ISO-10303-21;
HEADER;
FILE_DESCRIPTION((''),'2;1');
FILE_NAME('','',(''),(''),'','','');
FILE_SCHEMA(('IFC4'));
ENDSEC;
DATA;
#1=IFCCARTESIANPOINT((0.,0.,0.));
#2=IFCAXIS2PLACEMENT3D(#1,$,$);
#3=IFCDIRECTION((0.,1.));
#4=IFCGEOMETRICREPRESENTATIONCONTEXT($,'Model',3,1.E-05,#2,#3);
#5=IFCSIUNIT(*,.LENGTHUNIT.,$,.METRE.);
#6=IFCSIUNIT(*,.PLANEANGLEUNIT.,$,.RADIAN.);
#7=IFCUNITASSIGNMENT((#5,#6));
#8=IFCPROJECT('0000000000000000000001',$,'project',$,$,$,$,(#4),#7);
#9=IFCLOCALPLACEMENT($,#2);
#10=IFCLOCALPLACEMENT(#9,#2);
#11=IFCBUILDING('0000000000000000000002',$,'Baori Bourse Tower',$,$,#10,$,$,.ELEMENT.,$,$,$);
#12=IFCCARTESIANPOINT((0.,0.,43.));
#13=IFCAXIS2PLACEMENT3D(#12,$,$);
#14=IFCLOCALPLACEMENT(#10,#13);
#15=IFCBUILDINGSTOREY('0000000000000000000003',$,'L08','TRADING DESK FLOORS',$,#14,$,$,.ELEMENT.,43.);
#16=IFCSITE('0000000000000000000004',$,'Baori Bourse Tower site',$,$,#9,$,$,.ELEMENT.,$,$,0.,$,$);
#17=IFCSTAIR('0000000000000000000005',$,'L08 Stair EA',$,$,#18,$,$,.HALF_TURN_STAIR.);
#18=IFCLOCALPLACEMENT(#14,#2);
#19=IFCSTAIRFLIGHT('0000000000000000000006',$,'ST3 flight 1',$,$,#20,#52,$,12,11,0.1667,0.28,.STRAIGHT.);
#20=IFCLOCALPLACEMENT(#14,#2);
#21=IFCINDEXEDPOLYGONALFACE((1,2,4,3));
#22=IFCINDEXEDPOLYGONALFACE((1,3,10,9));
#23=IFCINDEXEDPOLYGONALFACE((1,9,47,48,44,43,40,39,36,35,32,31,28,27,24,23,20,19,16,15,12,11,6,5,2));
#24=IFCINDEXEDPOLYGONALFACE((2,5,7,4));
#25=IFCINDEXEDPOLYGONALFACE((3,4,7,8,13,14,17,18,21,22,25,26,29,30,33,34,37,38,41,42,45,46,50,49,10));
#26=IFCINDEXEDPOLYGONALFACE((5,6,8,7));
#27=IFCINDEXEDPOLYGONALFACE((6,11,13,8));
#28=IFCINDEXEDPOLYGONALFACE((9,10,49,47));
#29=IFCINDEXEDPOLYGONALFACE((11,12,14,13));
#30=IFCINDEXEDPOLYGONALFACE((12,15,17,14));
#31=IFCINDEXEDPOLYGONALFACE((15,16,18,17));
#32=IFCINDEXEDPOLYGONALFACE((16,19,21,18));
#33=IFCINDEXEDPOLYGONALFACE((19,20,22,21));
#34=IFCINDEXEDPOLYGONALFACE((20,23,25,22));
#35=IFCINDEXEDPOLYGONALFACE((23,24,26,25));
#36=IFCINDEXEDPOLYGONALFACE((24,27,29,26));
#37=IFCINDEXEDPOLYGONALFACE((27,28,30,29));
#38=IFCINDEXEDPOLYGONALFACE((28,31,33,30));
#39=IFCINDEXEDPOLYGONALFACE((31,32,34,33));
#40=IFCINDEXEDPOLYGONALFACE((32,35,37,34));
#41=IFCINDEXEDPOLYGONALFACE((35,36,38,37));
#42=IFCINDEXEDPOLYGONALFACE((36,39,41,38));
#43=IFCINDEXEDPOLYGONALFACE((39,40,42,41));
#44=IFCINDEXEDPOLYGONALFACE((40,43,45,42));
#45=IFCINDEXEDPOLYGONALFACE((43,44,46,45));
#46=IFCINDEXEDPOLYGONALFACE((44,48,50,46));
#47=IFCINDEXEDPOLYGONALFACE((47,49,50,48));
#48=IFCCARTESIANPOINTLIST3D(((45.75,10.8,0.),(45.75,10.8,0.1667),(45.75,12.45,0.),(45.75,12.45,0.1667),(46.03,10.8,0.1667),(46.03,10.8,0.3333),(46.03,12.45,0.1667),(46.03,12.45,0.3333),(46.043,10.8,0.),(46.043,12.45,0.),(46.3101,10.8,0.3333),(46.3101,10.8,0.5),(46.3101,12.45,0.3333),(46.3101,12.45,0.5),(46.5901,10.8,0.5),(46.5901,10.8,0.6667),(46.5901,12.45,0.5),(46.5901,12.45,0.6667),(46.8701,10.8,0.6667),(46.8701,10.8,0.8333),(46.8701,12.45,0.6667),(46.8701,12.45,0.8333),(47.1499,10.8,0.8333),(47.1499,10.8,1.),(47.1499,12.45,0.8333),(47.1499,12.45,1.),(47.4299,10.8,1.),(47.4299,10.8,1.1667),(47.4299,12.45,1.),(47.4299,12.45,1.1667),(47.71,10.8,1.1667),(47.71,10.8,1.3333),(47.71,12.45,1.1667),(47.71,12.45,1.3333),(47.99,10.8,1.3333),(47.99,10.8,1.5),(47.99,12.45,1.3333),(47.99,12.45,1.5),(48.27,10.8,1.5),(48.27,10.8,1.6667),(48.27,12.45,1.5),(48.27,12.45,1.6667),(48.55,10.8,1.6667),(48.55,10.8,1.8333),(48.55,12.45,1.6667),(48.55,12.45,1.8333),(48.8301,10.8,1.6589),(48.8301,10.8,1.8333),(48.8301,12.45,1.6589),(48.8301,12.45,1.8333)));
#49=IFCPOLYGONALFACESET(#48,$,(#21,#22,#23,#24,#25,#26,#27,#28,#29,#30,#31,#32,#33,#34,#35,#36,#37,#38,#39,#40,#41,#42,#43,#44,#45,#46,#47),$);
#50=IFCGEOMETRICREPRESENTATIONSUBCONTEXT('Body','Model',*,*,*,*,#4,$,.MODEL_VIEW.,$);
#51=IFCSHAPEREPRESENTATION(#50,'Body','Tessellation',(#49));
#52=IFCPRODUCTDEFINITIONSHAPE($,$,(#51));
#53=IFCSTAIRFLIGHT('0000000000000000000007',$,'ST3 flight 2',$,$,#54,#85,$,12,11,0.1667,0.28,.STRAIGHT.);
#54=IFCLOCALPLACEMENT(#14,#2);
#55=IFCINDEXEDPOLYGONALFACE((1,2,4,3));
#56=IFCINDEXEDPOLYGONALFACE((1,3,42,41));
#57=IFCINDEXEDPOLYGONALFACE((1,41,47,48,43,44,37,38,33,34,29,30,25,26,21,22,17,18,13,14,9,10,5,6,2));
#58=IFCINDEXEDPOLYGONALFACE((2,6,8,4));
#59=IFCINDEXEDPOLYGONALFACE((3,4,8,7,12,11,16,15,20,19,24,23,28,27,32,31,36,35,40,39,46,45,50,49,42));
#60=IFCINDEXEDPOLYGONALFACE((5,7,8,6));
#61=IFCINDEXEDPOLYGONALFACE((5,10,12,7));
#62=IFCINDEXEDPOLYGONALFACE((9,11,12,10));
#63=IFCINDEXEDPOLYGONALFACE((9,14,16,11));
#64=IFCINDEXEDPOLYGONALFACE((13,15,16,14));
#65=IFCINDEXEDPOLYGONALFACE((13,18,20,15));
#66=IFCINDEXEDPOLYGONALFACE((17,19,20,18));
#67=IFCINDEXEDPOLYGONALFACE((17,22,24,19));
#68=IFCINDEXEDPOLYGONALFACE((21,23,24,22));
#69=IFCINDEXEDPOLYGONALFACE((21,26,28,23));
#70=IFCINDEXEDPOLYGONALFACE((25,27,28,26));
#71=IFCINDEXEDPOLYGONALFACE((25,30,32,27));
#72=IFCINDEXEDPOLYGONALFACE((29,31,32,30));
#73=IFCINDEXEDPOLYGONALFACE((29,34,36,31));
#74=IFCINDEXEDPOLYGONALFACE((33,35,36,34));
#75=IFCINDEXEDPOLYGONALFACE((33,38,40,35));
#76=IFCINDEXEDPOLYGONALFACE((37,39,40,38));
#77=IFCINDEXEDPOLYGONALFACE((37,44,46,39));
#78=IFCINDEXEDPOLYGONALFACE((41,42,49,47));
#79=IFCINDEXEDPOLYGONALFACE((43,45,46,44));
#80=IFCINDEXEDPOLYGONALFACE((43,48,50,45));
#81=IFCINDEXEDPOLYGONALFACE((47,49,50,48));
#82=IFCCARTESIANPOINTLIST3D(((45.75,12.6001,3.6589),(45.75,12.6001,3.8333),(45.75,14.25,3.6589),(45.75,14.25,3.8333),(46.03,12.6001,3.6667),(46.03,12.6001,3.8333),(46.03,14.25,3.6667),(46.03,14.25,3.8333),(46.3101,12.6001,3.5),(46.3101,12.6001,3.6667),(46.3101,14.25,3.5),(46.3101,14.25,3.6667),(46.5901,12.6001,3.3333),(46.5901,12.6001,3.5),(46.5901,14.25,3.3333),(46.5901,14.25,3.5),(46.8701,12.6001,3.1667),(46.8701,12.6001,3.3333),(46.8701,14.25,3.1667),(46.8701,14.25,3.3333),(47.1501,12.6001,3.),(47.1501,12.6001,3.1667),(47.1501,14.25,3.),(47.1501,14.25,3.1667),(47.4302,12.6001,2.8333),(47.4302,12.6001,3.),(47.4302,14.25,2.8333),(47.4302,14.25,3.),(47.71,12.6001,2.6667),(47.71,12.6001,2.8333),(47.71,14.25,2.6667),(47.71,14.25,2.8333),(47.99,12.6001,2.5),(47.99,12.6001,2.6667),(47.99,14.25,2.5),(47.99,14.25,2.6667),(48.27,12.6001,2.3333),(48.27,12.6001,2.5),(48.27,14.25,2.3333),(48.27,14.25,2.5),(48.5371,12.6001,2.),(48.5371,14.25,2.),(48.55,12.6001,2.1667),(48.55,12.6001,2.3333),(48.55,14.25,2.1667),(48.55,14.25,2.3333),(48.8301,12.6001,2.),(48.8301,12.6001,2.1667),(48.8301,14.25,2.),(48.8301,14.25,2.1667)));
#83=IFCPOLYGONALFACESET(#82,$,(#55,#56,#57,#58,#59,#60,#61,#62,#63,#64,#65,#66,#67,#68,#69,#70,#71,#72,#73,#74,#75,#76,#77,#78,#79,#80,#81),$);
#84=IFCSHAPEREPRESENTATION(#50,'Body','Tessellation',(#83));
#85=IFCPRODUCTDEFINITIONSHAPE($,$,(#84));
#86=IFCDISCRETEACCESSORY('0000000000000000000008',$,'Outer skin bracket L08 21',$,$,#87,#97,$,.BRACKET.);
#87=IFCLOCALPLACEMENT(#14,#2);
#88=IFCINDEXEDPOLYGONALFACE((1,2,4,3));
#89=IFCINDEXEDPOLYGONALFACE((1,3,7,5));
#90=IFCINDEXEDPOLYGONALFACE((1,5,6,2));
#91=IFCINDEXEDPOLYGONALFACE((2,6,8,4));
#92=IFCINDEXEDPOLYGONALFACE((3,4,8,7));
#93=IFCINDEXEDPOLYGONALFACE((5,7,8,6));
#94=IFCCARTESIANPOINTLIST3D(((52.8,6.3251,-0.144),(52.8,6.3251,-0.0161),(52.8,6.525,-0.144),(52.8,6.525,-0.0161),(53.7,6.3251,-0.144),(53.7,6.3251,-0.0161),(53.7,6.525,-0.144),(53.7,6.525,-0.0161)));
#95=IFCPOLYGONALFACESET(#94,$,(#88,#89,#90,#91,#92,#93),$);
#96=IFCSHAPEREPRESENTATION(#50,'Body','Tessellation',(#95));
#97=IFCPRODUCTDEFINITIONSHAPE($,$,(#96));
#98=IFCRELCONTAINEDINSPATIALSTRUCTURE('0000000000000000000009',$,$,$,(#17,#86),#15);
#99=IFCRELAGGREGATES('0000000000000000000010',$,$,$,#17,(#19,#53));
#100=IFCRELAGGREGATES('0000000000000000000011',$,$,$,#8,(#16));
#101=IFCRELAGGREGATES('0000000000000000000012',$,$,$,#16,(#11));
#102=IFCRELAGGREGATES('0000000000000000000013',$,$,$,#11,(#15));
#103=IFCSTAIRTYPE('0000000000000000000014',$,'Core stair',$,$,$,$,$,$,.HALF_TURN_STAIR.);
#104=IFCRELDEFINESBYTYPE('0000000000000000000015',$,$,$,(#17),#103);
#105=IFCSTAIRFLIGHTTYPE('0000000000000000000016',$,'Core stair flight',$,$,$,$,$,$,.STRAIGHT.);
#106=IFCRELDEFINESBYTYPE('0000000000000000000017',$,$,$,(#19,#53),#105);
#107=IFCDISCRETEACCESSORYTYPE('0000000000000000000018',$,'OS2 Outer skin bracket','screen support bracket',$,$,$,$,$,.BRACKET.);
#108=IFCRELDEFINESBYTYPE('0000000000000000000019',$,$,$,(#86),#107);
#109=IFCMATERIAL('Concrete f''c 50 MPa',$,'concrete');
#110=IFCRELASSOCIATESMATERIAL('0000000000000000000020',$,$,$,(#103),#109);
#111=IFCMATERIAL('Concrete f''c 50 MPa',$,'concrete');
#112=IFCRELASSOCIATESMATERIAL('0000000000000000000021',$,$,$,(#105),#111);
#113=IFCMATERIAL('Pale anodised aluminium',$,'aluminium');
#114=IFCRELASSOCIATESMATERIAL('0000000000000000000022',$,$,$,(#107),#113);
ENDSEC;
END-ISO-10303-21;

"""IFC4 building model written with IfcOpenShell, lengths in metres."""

from ifc_helpers import new_model, si_unit, direction, frame, origin, origin_2d, place, context, subcontext, project, spatial, polyline, rectangle, outline, extrude, material, type_object, element, aggregate, save


model = new_model("IFC4")

# Units and contexts
model_context = context("Model", 3, precision=1e-05, world=origin(), true_north=direction((0.0, 1.0)))
body_context = subcontext(model_context, "Body", "Model", "MODEL_VIEW")
ifc_project = project(units=[si_unit("LENGTHUNIT", "METRE"), si_unit("PLANEANGLEUNIT", "RADIAN")], contexts=[model_context])

# Site, building, storey
site_placement = place(None, origin())
site = spatial("IfcSite", under=ifc_project, at=site_placement, Name="Baori Bourse Tower site", CompositionType="ELEMENT", RefElevation=0.0)
building_placement = place(site_placement, origin())
building = spatial("IfcBuilding", under=site, at=building_placement, Name="Baori Bourse Tower", CompositionType="ELEMENT")
storey_placement = place(building_placement, frame((0.0, 0.0, 43.0)))
storey = spatial("IfcBuildingStorey", under=building, at=storey_placement, Name="L08", Description="TRADING DESK FLOORS", CompositionType="ELEMENT", Elevation=43.0)

# Stair, stair flights
ifc_material_1 = material(Name="Concrete f'c 50 MPa", Category="concrete")
stair_type = type_object("IfcStairType", Name="Core stair", PredefinedType="HALF_TURN_STAIR", material=ifc_material_1)
stair_placement = place(storey_placement, origin())
stair = element("IfcStair", 1, at=stair_placement, inside=storey, type_object=stair_type, Name="L08 Stair EA", PredefinedType="HALF_TURN_STAIR")
ifc_material_2 = material(Name="Concrete f'c 50 MPa", Category="concrete")
stair_flight_type = type_object("IfcStairFlightType", Name="Core stair flight", PredefinedType="STRAIGHT", material=ifc_material_2)
stair_flight_1_placement = place(storey_placement, frame((45.75, 11.625, 0.0), z_axis=(0.0, 0.0, 1.0), x_axis=(1.0, 0.0, 0.0)))
stair_flight_1 = element("IfcStairFlight", 2, at=stair_flight_1_placement, type_object=stair_flight_type, Name="ST3 flight 1", NumberOfRisers=12, NumberOfTreads=11, PredefinedType="STRAIGHT", RiserHeight=0.1667, TreadLength=0.28, context=body_context, shape_type="SweptSolid", body=[
    extrude(outline(polyline([(0.0, 0.0), (0.0, 0.1667), (0.28, 0.1667), (0.28, 0.3333), (0.5601, 0.3333), (0.5601, 0.5), (0.8401, 0.5), (0.8401, 0.6667), (1.1201, 0.6667), (1.1201, 0.8333), (1.3999, 0.8333), (1.3999, 1.0), (1.6799, 1.0), (1.6799, 1.1667), (1.96, 1.1667), (1.96, 1.3333), (2.24, 1.3333), (2.24, 1.5), (2.52, 1.5), (2.52, 1.6667), (2.8, 1.6667), (2.8, 1.8333), (3.0801, 1.8333), (3.0801, 2.0), (3.0801, 1.6589), (0.293, 0.0), (0.0, 0.0)])), frame((0.0, 0.825, 0.0), z_axis=(0.0, -1.0, 0.0), x_axis=(1.0, 0.0, 0.0)), (0.0, 0.0, 1.0), 1.6499),
])
stair_flight_2_placement = place(storey_placement, frame((48.8301, 13.425, 2.0), z_axis=(0.0, 0.0, 1.0), x_axis=(-1.0, 0.0, 0.0)))
stair_flight_2 = element("IfcStairFlight", 3, at=stair_flight_2_placement, type_object=stair_flight_type, Name="ST3 flight 2", NumberOfRisers=12, NumberOfTreads=11, PredefinedType="STRAIGHT", RiserHeight=0.1667, TreadLength=0.28, context=body_context, shape_type="SweptSolid", body=[
    extrude(outline(polyline([(0.0, 0.0), (0.0, 0.1667), (0.28, 0.1667), (0.28, 0.3333), (0.5601, 0.3333), (0.5601, 0.5), (0.8401, 0.5), (0.8401, 0.6667), (1.1201, 0.6667), (1.1201, 0.8333), (1.3999, 0.8333), (1.3999, 1.0), (1.6799, 1.0), (1.6799, 1.1667), (1.96, 1.1667), (1.96, 1.3333), (2.24, 1.3333), (2.24, 1.5), (2.52, 1.5), (2.52, 1.6667), (2.8, 1.6667), (2.8, 1.8333), (3.0801, 1.8333), (3.0801, 2.0), (3.0801, 1.6589), (0.293, 0.0), (0.0, 0.0)])), frame((0.0, 0.825, 0.0), z_axis=(0.0, -1.0, 0.0), x_axis=(1.0, 0.0, 0.0)), (0.0, 0.0, 1.0), 1.6499),
])
aggregate(stair, [stair_flight_1, stair_flight_2])

# Discrete accessory
ifc_material_3 = material(Name="Pale anodised aluminium", Category="aluminium")
discrete_accessory_type = type_object("IfcDiscreteAccessoryType", Name="OS2 Outer skin bracket", Description="screen support bracket", PredefinedType="BRACKET", material=ifc_material_3)
discrete_accessory_placement = place(storey_placement, frame((53.25, 6.425, -0.144), z_axis=(0.0, 0.0, 1.0), x_axis=(0.0, 1.0, 0.0)))
element("IfcDiscreteAccessory", 4, at=discrete_accessory_placement, inside=storey, type_object=discrete_accessory_type, Name="Outer skin bracket L08 21", PredefinedType="BRACKET", context=body_context, shape_type="SweptSolid", body=[
    extrude(rectangle(XDim=0.2, YDim=0.8999, at=origin_2d()), origin(), (0.0, 0.0, 1.0), 0.1279),
])

save(model, "model.ifc")
